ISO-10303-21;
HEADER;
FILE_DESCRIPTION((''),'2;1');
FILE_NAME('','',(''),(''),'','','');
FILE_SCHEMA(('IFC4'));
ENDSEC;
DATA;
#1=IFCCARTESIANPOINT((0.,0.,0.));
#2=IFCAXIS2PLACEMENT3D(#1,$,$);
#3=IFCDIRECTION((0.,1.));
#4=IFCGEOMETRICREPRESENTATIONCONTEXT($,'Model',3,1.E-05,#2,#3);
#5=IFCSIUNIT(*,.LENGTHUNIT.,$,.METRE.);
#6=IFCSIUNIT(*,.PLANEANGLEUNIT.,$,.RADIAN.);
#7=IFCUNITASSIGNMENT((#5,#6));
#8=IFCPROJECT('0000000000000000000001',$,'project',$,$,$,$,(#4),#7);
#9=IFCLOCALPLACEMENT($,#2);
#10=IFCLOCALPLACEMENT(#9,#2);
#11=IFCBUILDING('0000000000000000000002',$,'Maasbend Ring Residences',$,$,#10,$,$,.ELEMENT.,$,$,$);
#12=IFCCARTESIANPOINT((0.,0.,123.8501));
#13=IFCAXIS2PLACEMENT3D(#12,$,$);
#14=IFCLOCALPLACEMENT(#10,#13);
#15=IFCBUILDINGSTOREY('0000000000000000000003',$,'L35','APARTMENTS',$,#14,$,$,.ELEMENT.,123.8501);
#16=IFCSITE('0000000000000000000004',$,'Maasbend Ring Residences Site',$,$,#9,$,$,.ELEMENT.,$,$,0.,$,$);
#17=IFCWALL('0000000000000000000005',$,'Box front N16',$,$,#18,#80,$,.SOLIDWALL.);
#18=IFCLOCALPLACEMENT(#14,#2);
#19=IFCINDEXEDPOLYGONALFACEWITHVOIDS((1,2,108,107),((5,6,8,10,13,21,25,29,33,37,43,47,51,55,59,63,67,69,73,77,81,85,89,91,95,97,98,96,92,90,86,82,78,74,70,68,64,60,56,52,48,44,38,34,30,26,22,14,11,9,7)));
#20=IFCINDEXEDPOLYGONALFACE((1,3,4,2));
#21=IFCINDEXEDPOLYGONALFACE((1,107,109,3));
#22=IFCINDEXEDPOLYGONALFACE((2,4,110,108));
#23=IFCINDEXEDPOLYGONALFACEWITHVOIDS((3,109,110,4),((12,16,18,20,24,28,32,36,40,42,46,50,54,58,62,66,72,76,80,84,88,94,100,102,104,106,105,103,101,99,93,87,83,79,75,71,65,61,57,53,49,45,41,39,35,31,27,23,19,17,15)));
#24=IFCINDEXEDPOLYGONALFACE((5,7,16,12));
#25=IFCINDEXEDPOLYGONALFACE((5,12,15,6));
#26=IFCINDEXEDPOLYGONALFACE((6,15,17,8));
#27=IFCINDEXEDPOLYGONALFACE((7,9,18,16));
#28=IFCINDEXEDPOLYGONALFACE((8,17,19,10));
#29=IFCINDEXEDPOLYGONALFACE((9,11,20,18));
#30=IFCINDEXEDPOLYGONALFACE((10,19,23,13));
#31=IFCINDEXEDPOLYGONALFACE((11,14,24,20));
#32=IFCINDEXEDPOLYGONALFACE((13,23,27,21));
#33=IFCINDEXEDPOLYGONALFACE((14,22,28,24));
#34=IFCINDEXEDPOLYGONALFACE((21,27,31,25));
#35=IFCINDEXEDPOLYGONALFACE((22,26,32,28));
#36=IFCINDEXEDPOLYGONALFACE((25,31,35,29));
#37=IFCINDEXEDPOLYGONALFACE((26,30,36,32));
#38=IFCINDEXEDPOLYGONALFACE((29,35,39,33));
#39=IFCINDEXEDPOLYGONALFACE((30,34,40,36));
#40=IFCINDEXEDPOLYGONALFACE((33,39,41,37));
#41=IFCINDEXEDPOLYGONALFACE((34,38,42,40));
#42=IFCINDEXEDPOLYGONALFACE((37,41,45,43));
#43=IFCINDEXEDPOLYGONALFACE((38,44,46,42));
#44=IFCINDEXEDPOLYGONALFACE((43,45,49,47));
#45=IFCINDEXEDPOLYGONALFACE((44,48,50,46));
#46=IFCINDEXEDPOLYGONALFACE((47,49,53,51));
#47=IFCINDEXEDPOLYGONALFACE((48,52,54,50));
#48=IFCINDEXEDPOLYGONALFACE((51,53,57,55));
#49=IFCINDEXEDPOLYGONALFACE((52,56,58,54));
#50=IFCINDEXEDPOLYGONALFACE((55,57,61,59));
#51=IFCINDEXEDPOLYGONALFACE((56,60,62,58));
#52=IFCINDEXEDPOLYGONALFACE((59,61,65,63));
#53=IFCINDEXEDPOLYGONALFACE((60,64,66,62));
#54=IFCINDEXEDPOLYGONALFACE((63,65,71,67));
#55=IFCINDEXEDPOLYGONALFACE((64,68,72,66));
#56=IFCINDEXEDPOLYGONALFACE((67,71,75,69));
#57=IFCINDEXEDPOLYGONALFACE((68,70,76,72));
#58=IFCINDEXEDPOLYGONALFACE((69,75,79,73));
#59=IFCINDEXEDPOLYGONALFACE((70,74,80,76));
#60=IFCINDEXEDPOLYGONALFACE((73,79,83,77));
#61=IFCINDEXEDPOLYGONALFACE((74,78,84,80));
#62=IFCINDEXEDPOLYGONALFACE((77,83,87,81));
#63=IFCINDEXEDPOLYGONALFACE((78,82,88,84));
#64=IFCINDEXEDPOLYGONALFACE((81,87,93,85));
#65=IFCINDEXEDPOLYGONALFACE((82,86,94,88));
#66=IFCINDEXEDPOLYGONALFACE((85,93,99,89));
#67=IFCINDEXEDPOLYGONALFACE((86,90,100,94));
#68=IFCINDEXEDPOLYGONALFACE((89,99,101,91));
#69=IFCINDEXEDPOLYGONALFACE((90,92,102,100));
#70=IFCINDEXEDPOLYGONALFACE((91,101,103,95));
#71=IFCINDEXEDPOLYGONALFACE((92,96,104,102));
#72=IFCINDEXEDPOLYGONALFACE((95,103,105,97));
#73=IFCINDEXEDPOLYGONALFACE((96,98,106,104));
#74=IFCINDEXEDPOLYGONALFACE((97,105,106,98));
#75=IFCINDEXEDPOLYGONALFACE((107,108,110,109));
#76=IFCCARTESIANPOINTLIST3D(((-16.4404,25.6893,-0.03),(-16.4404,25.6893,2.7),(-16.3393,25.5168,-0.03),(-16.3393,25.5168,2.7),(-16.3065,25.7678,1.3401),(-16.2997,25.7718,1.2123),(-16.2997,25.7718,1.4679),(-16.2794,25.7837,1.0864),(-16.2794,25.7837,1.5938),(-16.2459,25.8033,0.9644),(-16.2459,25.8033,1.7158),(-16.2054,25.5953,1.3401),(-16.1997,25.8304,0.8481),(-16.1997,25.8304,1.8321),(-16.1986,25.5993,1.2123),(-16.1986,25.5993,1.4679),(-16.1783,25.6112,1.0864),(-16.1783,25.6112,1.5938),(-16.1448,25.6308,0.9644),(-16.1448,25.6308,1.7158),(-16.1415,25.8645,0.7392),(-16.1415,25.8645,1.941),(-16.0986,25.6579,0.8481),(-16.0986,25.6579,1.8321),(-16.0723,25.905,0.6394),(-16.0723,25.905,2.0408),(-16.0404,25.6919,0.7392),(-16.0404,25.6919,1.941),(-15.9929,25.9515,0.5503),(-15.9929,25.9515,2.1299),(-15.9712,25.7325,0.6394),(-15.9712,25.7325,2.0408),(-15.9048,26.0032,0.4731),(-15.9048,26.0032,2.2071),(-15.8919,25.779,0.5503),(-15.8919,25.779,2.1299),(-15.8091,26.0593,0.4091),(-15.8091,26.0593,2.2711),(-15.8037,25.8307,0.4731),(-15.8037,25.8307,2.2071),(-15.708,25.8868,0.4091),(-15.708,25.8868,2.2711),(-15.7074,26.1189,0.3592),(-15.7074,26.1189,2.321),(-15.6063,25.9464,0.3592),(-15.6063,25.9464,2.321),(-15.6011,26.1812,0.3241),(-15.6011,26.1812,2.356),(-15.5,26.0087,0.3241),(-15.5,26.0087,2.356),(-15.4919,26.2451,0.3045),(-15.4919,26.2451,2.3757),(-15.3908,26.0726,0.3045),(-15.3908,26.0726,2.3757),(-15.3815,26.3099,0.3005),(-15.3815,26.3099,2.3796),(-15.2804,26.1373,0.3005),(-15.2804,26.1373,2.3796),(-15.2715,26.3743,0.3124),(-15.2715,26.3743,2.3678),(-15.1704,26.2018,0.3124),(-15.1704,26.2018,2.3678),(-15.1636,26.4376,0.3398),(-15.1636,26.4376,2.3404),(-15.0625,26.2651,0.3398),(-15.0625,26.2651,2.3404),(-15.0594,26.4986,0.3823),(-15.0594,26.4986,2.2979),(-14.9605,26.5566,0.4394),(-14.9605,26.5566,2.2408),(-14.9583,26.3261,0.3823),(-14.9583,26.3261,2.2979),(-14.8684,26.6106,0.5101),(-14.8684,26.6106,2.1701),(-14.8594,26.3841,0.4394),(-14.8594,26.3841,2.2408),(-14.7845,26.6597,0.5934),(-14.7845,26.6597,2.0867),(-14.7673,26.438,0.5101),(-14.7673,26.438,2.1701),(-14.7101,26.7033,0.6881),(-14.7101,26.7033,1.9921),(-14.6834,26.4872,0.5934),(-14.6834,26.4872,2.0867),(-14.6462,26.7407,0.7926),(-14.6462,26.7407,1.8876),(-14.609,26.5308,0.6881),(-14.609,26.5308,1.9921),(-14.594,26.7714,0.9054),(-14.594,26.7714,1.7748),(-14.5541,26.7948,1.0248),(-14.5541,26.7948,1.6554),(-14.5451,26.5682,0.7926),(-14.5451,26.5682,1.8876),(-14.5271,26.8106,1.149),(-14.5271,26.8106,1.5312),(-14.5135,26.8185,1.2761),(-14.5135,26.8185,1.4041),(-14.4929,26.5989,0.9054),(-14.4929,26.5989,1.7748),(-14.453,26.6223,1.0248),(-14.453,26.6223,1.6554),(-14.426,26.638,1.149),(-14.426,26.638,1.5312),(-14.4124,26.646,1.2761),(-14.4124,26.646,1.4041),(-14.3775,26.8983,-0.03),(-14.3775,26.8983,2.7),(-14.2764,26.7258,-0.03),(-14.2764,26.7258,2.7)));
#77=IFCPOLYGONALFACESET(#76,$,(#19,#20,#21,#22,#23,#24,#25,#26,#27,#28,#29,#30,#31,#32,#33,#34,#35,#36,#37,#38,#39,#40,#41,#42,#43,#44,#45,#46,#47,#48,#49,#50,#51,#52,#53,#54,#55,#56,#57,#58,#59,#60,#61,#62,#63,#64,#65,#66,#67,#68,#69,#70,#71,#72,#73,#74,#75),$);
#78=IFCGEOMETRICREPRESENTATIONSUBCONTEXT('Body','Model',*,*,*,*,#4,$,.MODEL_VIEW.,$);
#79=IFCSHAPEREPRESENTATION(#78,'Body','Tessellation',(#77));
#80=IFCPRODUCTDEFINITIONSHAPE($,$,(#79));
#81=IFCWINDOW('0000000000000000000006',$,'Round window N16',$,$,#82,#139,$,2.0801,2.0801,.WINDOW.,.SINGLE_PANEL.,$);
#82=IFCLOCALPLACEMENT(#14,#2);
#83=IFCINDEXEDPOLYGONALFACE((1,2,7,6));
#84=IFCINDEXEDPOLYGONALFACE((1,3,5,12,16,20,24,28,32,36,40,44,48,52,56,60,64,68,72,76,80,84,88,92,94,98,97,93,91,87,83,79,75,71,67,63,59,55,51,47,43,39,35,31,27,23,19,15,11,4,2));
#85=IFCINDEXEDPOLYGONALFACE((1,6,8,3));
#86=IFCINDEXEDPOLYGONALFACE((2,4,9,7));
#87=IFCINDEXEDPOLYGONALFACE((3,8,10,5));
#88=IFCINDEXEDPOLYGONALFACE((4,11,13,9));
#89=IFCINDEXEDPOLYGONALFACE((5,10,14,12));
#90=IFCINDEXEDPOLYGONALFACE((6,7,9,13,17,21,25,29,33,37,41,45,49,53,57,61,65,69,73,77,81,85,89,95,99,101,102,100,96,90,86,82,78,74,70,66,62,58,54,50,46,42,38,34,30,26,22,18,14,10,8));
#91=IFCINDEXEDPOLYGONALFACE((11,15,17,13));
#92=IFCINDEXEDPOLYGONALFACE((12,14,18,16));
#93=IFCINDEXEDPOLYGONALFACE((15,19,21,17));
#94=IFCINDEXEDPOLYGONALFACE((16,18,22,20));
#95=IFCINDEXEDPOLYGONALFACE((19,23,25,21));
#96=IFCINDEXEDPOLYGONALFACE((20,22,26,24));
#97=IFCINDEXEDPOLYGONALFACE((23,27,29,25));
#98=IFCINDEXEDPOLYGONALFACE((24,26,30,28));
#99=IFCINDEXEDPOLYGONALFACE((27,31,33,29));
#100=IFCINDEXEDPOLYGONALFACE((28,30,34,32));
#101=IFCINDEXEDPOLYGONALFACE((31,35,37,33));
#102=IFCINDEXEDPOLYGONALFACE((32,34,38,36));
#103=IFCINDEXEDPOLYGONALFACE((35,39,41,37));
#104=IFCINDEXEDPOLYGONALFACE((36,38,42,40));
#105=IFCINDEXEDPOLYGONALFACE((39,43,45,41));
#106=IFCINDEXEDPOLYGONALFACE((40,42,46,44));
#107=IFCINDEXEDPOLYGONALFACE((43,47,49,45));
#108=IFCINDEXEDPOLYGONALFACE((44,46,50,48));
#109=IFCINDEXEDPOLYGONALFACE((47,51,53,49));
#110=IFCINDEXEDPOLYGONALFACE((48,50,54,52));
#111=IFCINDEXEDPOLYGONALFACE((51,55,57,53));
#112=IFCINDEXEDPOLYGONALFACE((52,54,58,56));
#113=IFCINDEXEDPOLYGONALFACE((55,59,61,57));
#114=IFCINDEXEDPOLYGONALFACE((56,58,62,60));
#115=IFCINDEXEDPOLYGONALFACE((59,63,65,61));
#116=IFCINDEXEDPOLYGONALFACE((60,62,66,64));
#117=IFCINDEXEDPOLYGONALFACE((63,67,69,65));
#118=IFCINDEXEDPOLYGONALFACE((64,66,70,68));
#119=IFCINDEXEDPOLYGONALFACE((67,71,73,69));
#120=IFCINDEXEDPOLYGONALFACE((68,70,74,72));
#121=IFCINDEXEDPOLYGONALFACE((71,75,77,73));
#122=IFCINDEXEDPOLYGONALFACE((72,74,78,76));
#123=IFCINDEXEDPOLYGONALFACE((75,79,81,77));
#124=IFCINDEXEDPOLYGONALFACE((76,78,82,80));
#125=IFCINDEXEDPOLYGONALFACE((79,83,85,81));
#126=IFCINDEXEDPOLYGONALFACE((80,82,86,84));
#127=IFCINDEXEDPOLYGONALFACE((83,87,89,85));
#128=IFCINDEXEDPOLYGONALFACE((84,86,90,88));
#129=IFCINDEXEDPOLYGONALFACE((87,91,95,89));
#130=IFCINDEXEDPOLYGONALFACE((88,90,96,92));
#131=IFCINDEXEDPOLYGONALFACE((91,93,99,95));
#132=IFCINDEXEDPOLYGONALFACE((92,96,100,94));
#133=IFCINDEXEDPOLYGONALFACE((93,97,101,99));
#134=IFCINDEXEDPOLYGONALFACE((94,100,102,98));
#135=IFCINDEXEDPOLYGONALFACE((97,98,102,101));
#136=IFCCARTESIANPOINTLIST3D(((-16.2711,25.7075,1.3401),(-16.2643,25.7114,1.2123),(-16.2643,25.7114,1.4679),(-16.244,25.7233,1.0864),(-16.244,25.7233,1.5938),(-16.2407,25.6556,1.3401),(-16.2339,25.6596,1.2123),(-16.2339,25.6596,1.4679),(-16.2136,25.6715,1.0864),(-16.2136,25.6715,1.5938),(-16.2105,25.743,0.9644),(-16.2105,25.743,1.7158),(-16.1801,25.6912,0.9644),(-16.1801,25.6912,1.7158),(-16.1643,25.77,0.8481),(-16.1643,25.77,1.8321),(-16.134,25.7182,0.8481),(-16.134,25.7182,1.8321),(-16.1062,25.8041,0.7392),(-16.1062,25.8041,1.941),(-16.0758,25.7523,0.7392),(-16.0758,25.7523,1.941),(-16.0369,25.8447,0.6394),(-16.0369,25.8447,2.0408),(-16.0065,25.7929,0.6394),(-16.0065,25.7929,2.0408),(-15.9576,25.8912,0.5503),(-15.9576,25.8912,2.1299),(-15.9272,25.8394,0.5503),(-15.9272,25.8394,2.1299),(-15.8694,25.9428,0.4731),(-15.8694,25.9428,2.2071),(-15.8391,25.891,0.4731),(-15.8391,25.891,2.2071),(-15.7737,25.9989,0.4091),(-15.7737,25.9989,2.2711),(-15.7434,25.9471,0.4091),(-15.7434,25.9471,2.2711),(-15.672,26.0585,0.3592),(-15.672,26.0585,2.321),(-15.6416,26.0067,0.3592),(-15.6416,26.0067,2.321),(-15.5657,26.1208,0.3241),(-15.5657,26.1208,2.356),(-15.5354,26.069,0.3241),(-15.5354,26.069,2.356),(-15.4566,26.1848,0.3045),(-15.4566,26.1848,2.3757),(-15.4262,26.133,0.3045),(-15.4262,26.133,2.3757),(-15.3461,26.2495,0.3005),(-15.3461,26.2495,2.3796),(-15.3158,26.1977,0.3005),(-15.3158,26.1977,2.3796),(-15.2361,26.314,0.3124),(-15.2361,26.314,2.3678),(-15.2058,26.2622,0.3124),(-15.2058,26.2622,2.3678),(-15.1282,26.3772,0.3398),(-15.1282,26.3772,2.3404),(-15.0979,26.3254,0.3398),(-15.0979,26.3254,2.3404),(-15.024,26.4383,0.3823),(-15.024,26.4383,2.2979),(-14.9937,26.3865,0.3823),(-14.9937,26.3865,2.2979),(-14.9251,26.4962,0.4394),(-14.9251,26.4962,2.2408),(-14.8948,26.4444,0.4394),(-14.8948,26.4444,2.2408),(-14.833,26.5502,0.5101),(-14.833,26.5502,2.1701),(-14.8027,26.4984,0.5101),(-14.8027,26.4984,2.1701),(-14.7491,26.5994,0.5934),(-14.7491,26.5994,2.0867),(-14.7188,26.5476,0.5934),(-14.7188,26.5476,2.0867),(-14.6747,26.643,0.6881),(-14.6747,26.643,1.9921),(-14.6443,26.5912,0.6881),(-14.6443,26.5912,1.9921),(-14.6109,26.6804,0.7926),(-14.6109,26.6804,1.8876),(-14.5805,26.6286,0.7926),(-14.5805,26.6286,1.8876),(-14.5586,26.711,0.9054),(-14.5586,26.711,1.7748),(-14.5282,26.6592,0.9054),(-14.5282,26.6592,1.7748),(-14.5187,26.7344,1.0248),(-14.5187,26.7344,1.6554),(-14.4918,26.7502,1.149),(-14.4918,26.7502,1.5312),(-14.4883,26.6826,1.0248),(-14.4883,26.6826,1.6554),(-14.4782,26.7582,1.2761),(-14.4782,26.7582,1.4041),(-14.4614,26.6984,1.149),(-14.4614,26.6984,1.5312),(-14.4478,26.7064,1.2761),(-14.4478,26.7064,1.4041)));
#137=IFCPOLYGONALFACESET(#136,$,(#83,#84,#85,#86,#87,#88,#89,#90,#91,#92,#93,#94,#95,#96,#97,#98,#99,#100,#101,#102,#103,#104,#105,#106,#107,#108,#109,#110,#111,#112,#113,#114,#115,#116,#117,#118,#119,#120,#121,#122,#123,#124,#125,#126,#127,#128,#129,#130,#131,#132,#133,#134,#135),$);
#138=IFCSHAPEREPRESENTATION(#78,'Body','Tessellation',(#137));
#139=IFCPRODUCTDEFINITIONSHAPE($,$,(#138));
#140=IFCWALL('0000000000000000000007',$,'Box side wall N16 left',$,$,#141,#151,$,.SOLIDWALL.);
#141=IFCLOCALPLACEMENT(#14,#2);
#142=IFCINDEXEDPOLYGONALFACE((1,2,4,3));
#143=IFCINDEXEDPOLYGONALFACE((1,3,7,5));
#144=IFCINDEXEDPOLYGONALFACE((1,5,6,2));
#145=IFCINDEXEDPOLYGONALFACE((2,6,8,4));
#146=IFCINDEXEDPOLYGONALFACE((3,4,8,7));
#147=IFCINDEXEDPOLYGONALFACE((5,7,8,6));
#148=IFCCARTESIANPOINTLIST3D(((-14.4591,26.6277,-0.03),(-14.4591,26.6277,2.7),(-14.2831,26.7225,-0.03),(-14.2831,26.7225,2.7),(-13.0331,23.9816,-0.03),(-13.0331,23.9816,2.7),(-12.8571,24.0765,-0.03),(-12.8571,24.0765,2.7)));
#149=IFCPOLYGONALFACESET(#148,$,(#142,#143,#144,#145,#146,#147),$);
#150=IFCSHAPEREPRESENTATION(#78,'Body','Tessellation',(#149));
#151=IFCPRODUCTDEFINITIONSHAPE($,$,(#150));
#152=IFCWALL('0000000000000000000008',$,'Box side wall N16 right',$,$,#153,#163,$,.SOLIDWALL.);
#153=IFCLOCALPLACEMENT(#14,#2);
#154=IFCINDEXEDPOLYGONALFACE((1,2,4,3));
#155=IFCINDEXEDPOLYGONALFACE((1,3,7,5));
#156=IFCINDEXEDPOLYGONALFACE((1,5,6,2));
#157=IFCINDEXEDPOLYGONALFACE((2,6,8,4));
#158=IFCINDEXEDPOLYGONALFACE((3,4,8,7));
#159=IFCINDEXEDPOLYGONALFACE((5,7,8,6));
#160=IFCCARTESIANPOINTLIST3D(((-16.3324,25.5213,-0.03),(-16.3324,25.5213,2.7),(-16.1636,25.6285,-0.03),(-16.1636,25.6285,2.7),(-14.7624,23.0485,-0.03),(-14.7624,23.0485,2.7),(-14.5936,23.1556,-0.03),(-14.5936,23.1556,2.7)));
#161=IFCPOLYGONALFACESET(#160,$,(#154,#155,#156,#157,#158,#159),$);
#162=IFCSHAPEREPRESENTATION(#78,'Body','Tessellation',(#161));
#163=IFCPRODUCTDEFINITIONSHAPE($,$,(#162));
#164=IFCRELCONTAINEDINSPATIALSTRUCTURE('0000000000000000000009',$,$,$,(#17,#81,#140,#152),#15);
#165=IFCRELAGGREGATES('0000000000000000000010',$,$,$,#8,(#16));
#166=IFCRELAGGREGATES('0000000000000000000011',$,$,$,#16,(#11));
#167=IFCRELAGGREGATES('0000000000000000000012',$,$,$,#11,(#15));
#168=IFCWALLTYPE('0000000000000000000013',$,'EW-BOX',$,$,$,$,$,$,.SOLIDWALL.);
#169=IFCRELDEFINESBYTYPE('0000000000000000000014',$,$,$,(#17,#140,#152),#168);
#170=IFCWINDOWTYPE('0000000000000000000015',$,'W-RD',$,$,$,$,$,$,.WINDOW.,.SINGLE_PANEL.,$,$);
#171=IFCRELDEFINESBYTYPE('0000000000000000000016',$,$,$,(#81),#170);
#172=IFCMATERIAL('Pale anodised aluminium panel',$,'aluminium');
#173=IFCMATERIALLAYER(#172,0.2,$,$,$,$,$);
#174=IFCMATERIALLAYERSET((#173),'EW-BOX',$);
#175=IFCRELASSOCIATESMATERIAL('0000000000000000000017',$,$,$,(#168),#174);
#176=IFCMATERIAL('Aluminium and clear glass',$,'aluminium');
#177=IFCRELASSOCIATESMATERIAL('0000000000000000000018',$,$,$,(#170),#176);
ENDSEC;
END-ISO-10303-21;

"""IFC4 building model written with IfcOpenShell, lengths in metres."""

from ifc_helpers import new_model, si_unit, direction, frame, frame_2d, origin, place, context, subcontext, project, spatial, rectangle, circle, extrude, material, layer, layer_set, type_object, element, fill, save


model = new_model("IFC4")

# Units and contexts
model_context = context("Model", 3, precision=1e-05, world=origin(), true_north=direction((0.0, 1.0)))
body_context = subcontext(model_context, "Body", "Model", "MODEL_VIEW")
ifc_project = project(units=[si_unit("LENGTHUNIT", "METRE"), si_unit("PLANEANGLEUNIT", "RADIAN")], contexts=[model_context])

# Site, building, storey
site_placement = place(None, origin())
site = spatial("IfcSite", under=ifc_project, at=site_placement, Name="Maasbend Ring Residences Site", CompositionType="ELEMENT", RefElevation=0.0)
building_placement = place(site_placement, origin())
building = spatial("IfcBuilding", under=site, at=building_placement, Name="Maasbend Ring Residences", CompositionType="ELEMENT")
storey_placement = place(building_placement, frame((0.0, 0.0, 123.8501)))
storey = spatial("IfcBuildingStorey", under=building, at=storey_placement, Name="L35", Description="APARTMENTS", CompositionType="ELEMENT", Elevation=123.8501)

# Wall, opening, window
ifc_material_1 = material(Name="Pale anodised aluminium panel", Category="aluminium")
ifc_layer_1 = layer(ifc_material_1, 0.2)
ifc_layer_set_1 = layer_set([ifc_layer_1], Name="EW-BOX")
wall_type_1 = type_object("IfcWallType", Name="EW-BOX", PredefinedType="SOLIDWALL", material=ifc_layer_set_1)
wall_1_placement = place(storey_placement, frame((-14.3269, 26.812, -0.03), z_axis=(0.0, 0.0, 1.0), x_axis=(-0.862762, -0.505609, 0.0)))
wall_1 = element("IfcWall", 1, at=wall_1_placement, inside=storey, type_object=wall_type_1, Name="Box front N16", PredefinedType="SOLIDWALL", context=body_context, shape_type="SweptSolid", body=[
    extrude(rectangle(XDim=2.3911, YDim=0.2, at=frame_2d((1.1956, 0.0))), origin(), (0.0, 0.0, 1.0), 2.73),
])
opening_1_placement = place(wall_1_placement, frame((0.1558, 0.0, 0.3301)))
opening_1 = element("IfcOpeningElement", 2, at=opening_1_placement, cuts=wall_1, PredefinedType="OPENING", context=body_context, shape_type="SweptSolid", body=[
    extrude(circle(Radius=1.04, at=frame_2d((1.04, 1.04))), frame((0.0, 0.1099, 0.0), z_axis=(0.0, -1.0, 0.0), x_axis=(1.0, 0.0, 0.0)), (0.0, 0.0, 1.0), 0.22),
])
ifc_material_2 = material(Name="Aluminium and clear glass", Category="aluminium")
window_type_1 = type_object("IfcWindowType", Name="W-RD", PartitioningType="SINGLE_PANEL", PredefinedType="WINDOW", material=ifc_material_2)
window_1_placement = place(opening_1_placement, origin())
window_1 = element("IfcWindow", 3, at=window_1_placement, inside=storey, type_object=window_type_1, Name="Round window N16", OverallHeight=2.0801, OverallWidth=2.0801, PartitioningType="SINGLE_PANEL", PredefinedType="WINDOW", context=body_context, shape_type="SweptSolid", body=[
    extrude(circle(Radius=1.04, at=frame_2d((1.04, 1.04))), frame((0.0, 0.03, 0.0), z_axis=(0.0, -1.0, 0.0), x_axis=(1.0, 0.0, 0.0)), (0.0, 0.0, 1.0), 0.0601),
])
fill(opening_1, window_1)

# Walls
wall_2_placement = place(storey_placement, frame((-12.9451, 24.0291, -0.03), z_axis=(0.0, 0.0, 1.0), x_axis=(-0.474424, 0.880296, 0.0)))
element("IfcWall", 4, at=wall_2_placement, inside=storey, type_object=wall_type_1, Name="Box side wall N16 left", PredefinedType="SOLIDWALL", context=body_context, shape_type="SweptSolid", body=[
    extrude(rectangle(XDim=3.0059, YDim=0.2, at=frame_2d((1.5029, 0.0))), origin(), (0.0, 0.0, 1.0), 2.73),
])
wall_3_placement = place(storey_placement, frame((-14.678, 23.1021, -0.03), z_axis=(0.0, 0.0, 1.0), x_axis=(-0.536002, 0.844217, 0.0)))
element("IfcWall", 5, at=wall_3_placement, inside=storey, type_object=wall_type_1, Name="Box side wall N16 right", PredefinedType="SOLIDWALL", context=body_context, shape_type="SweptSolid", body=[
    extrude(rectangle(XDim=2.9292, YDim=0.2, at=frame_2d((1.4646, 0.0))), origin(), (0.0, 0.0, 1.0), 2.73),
])

save(model, "model.ifc")
